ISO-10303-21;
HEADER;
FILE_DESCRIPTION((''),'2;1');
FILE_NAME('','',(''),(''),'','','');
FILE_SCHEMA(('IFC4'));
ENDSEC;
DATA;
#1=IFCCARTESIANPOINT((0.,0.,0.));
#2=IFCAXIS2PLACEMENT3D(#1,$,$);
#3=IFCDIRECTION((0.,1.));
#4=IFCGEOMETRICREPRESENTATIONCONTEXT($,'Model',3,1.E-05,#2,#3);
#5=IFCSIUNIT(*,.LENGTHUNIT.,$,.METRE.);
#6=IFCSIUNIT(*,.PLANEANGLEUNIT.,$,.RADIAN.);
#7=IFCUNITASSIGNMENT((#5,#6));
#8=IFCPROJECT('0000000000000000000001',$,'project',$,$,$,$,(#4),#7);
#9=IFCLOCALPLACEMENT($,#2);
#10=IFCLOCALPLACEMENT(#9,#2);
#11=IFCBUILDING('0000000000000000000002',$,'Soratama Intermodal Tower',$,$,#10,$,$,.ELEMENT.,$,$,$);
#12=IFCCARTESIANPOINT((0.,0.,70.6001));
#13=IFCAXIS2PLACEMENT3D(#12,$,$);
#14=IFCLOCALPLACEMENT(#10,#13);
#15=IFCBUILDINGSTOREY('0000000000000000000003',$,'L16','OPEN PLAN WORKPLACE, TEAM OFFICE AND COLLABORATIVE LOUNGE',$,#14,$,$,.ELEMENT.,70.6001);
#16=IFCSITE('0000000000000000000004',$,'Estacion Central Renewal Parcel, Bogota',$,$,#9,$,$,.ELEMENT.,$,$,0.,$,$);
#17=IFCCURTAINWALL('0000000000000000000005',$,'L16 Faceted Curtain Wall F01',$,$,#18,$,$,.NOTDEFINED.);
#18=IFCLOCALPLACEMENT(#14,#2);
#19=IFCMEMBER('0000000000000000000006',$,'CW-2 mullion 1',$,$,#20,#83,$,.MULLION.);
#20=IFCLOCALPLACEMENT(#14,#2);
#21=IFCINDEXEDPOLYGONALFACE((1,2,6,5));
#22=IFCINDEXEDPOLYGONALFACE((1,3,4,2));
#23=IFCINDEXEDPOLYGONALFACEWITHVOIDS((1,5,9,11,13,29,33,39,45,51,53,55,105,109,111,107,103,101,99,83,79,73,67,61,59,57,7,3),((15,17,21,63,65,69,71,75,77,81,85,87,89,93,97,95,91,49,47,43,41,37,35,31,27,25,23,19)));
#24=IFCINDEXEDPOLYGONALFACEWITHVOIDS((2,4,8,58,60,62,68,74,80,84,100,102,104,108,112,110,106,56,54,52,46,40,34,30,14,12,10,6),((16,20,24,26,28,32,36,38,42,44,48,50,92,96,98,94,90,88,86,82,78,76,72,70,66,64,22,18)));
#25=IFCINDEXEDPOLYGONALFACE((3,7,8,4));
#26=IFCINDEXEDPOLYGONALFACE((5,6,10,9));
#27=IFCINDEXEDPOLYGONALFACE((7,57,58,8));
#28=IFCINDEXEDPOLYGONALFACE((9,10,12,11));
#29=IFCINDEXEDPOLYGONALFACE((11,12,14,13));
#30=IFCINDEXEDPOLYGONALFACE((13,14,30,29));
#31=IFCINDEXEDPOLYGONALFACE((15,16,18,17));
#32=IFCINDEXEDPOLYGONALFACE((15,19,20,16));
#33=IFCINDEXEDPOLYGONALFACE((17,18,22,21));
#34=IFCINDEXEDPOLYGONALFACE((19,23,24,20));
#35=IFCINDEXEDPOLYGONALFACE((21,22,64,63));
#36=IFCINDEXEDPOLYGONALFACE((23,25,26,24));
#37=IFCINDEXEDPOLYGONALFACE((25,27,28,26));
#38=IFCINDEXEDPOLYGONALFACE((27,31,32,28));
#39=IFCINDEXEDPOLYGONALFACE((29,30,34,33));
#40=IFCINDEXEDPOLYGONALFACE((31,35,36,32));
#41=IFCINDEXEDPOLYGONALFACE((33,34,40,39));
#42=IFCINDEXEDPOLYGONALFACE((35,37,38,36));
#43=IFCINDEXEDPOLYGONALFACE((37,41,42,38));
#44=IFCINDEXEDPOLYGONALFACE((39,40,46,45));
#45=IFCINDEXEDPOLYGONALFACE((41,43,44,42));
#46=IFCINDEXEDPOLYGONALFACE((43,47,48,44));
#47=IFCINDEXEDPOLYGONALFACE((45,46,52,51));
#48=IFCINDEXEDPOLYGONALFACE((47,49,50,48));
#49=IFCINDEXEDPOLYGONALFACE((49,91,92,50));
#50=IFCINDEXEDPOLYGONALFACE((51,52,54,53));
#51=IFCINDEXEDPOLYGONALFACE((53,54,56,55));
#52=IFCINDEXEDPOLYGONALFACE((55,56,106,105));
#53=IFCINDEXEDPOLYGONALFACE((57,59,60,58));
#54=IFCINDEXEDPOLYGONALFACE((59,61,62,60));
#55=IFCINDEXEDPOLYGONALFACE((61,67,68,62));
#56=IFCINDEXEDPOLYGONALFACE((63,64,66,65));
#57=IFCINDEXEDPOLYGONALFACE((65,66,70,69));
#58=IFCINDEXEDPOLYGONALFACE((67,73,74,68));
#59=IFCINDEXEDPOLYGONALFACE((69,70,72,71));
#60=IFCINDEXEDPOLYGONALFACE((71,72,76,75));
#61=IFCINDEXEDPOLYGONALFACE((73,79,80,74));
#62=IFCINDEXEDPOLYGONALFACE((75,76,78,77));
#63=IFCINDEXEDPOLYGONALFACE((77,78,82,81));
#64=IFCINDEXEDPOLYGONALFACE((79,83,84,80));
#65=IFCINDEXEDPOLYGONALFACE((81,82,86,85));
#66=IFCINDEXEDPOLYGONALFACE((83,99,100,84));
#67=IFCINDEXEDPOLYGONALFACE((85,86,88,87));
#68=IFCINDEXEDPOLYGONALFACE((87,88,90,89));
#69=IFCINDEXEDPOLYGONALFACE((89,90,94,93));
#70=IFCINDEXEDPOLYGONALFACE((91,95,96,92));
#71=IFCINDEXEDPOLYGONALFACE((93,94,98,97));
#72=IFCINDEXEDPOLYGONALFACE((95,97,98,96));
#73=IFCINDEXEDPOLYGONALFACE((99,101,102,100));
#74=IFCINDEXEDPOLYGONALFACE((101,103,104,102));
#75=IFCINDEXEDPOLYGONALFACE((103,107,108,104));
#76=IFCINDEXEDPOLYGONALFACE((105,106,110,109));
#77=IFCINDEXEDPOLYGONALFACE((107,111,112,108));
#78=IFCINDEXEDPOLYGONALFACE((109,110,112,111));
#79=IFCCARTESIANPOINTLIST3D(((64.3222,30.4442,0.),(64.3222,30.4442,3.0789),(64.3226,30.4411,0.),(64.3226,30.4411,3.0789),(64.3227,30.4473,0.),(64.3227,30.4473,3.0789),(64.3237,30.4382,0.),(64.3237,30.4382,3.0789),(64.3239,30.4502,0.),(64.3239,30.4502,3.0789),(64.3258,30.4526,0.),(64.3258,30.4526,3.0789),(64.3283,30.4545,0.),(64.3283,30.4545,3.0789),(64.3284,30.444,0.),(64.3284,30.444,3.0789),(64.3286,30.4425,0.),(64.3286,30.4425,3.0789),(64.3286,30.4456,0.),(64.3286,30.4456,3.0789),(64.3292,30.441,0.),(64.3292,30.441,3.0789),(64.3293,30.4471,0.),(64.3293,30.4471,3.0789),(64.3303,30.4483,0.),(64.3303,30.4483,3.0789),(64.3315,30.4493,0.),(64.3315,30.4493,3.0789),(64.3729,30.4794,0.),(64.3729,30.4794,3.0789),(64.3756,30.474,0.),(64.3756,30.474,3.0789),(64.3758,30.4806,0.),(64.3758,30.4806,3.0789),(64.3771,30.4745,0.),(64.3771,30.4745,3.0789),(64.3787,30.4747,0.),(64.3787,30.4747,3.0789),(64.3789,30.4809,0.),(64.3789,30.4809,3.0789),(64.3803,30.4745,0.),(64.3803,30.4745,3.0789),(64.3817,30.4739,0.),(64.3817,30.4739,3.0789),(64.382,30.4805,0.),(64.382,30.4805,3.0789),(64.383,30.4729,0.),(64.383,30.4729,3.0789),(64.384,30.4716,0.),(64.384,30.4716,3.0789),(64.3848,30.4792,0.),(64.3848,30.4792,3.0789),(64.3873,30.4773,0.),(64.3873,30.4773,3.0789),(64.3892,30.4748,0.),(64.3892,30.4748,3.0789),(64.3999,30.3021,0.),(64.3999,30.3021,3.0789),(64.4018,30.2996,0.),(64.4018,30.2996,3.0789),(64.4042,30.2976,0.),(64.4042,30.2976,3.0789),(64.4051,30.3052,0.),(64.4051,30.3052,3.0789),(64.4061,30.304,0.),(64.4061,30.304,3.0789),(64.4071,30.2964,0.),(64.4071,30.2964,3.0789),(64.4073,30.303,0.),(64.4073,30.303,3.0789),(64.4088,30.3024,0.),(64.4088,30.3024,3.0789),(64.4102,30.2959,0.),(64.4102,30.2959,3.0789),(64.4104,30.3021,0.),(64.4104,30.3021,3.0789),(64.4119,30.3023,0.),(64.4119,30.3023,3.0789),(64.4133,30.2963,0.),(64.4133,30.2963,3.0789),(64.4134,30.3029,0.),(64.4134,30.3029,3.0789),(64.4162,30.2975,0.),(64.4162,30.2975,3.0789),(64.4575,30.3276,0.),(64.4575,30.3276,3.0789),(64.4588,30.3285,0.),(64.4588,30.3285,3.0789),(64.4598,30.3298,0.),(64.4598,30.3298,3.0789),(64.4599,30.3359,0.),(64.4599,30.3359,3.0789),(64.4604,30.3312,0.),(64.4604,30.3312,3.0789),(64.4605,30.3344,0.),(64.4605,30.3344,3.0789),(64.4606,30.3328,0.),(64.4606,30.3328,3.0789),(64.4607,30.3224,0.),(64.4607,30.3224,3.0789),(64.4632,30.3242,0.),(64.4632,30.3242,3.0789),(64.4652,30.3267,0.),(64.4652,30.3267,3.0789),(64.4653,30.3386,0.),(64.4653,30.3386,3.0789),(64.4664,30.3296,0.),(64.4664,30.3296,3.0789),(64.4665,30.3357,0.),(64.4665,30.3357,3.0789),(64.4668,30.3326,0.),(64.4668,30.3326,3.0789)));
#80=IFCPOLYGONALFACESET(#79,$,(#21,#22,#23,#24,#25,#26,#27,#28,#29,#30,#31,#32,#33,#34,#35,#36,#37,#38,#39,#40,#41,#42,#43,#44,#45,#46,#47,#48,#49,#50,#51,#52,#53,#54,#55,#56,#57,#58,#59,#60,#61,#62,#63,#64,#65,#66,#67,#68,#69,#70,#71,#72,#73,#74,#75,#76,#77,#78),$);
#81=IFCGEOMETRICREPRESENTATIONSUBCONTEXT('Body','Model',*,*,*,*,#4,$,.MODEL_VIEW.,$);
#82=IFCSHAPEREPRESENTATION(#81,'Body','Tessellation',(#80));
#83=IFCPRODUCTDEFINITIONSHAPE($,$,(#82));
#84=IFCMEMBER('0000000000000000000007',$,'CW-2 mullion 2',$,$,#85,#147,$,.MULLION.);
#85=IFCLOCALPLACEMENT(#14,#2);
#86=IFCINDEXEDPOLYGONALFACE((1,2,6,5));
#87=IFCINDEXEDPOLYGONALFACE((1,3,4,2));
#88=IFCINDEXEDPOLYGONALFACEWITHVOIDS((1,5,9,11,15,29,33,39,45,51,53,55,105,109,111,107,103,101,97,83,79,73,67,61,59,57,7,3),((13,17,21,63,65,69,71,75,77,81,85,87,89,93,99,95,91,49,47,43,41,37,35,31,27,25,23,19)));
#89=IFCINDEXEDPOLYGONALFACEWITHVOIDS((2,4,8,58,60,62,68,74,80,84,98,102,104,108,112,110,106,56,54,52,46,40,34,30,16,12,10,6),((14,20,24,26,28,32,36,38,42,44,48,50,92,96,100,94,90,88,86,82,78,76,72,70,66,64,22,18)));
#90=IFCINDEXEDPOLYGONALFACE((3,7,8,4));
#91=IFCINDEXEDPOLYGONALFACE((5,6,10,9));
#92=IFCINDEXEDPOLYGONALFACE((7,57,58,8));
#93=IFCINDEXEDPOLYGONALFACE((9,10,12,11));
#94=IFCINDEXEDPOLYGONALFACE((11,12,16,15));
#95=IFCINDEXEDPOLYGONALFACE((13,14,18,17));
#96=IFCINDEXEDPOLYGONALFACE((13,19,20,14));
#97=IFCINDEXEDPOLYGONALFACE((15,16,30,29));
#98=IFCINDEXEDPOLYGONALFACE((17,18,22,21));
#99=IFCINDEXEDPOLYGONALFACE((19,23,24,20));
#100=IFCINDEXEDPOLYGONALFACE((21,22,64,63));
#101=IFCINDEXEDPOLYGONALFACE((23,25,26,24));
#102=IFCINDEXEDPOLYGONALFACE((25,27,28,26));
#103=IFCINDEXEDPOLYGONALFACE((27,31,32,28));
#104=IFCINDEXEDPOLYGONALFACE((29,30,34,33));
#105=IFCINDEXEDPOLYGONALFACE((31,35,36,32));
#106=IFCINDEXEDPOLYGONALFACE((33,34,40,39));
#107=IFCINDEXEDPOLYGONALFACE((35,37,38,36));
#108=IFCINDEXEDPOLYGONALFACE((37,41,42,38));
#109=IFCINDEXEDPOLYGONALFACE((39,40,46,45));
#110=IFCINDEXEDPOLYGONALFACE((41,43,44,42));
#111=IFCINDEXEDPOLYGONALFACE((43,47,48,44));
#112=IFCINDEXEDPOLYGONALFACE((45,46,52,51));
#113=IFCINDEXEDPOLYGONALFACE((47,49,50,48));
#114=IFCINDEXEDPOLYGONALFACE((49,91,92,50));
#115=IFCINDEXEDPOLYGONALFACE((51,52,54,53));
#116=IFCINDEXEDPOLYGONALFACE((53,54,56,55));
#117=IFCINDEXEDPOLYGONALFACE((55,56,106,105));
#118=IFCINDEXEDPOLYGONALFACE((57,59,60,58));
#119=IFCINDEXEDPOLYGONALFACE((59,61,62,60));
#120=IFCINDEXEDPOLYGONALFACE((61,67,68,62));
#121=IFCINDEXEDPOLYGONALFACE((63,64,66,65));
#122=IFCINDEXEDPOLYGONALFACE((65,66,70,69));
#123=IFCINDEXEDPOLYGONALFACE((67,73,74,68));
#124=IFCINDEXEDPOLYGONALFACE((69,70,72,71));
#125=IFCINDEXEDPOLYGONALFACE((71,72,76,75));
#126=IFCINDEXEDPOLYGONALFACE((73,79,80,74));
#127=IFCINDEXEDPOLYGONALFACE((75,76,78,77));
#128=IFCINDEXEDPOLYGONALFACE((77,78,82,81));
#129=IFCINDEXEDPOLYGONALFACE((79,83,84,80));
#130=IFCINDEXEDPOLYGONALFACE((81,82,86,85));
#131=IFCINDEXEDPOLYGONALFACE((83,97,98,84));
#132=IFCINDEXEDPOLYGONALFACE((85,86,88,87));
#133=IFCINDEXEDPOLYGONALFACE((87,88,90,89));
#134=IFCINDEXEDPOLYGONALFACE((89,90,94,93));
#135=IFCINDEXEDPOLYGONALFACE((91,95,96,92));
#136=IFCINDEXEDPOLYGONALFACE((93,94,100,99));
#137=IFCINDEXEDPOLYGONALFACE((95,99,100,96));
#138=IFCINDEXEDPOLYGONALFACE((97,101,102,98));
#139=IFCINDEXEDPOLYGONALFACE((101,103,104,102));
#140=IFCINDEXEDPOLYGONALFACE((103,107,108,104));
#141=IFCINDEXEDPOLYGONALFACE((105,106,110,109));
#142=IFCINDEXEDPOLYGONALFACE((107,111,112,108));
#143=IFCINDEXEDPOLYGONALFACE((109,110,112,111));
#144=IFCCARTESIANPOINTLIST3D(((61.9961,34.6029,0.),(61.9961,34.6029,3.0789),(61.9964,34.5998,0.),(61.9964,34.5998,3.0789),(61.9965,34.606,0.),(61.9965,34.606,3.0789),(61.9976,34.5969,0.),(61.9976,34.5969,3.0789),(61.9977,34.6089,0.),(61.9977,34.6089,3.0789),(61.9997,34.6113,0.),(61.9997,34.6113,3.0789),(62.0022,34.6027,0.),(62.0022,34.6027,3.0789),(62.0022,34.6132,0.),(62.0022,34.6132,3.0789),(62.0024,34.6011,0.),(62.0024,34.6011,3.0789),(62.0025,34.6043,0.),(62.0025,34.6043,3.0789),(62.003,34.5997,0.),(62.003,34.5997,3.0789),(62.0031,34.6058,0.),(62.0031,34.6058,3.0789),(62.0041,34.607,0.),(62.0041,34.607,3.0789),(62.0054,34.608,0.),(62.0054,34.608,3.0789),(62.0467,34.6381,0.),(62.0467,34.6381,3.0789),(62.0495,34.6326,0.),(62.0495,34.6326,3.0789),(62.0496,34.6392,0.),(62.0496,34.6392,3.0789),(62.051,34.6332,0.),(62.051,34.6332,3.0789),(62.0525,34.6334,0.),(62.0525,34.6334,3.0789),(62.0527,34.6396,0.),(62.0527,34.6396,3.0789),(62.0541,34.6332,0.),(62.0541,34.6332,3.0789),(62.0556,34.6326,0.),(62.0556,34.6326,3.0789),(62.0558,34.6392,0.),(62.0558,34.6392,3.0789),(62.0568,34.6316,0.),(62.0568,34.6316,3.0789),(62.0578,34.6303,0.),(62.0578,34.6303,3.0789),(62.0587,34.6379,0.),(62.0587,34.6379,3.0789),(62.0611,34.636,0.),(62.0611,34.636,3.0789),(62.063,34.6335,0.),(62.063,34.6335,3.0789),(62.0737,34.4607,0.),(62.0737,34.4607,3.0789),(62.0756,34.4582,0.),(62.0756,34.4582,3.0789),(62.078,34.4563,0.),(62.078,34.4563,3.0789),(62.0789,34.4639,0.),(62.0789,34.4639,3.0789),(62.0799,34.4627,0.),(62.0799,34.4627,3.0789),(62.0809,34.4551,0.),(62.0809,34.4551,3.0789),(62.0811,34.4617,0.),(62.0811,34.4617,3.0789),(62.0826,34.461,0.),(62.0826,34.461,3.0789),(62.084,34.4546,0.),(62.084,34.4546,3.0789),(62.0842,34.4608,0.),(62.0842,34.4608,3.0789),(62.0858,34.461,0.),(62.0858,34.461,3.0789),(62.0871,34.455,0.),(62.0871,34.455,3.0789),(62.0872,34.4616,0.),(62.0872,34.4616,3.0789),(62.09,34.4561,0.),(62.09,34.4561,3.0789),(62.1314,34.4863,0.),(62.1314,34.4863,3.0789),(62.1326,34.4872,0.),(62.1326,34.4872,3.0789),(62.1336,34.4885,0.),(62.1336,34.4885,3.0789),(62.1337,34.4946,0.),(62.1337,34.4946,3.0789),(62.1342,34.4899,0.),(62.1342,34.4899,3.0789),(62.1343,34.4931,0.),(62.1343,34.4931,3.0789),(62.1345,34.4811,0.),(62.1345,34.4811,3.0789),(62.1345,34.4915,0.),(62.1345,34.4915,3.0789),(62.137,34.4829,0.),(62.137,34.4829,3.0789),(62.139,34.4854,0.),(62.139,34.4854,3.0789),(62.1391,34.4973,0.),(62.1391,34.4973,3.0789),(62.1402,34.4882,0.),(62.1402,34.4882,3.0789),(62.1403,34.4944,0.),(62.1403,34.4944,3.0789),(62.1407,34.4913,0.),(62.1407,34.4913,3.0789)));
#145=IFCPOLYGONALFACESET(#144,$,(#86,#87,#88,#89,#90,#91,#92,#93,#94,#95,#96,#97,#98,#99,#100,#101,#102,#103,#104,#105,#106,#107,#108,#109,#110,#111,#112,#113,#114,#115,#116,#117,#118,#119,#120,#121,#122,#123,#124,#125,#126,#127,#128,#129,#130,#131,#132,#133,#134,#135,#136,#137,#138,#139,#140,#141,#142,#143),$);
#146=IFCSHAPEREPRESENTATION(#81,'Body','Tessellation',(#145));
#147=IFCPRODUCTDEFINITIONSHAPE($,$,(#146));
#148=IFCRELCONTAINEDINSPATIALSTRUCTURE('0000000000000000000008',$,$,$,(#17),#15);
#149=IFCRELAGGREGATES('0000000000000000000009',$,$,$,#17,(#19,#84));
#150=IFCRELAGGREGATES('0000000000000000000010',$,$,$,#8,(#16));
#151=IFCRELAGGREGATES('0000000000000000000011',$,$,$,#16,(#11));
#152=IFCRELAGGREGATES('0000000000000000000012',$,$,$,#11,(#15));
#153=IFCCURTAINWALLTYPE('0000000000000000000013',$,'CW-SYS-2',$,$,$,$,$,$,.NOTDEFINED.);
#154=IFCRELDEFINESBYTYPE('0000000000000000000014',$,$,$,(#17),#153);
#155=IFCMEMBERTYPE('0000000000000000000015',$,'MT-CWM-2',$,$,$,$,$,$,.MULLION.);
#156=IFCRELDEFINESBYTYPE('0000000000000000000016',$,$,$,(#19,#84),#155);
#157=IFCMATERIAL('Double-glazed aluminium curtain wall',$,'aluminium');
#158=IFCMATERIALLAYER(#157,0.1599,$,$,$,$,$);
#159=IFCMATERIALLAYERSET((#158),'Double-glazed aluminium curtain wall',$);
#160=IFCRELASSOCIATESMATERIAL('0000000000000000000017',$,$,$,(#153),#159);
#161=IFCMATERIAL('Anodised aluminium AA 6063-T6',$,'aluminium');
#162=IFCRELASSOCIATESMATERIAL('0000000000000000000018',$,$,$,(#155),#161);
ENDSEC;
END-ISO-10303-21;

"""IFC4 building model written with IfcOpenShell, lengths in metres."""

from ifc_helpers import new_model, si_unit, direction, frame, origin, origin_2d, place, context, subcontext, project, spatial, hollow_rectangle, extrude, material, layer, layer_set, material_profile, profile_set, type_object, element, aggregate, save


model = new_model("IFC4")

# Units and contexts
model_context = context("Model", 3, precision=1e-05, world=origin(), true_north=direction((0.0, 1.0)))
body_context = subcontext(model_context, "Body", "Model", "MODEL_VIEW")
ifc_project = project(units=[si_unit("LENGTHUNIT", "METRE"), si_unit("PLANEANGLEUNIT", "RADIAN")], contexts=[model_context])

# Site, building, storey
site_placement = place(None, origin())
site = spatial("IfcSite", under=ifc_project, at=site_placement, Name="Estacion Central Renewal Parcel, Bogota", CompositionType="ELEMENT", RefElevation=0.0)
building_placement = place(site_placement, origin())
building = spatial("IfcBuilding", under=site, at=building_placement, Name="Soratama Intermodal Tower", CompositionType="ELEMENT")
storey_placement = place(building_placement, frame((0.0, 0.0, 70.6001)))
storey = spatial("IfcBuildingStorey", under=building, at=storey_placement, Name="L16", Description="OPEN PLAN WORKPLACE, TEAM OFFICE AND COLLABORATIVE LOUNGE", CompositionType="ELEMENT", Elevation=70.6001)

# Curtain wall, members
ifc_material_1 = material(Name="Double-glazed aluminium curtain wall", Category="aluminium")
ifc_layer_1 = layer(ifc_material_1, 0.1599)
ifc_layer_set_1 = layer_set([ifc_layer_1], Name="Double-glazed aluminium curtain wall")
curtain_wall_type = type_object("IfcCurtainWallType", Name="CW-SYS-2", PredefinedType="NOTDEFINED", material=ifc_layer_set_1)
curtain_wall_placement = place(storey_placement, origin())
curtain_wall = element("IfcCurtainWall", 1, at=curtain_wall_placement, inside=storey, type_object=curtain_wall_type, Name="L16 Faceted Curtain Wall F01", PredefinedType="NOTDEFINED")
ifc_material_2 = material(Name="Anodised aluminium AA 6063-T6", Category="aluminium")
ifc_material_profile_1 = material_profile(ifc_material_2, hollow_rectangle(XDim=0.075, YDim=0.1799, WallThickness=0.0061, InnerFilletRadius=0.0061, OuterFilletRadius=0.012, at=origin_2d()), Name="CWM180X75X6")
ifc_profile_set_1 = profile_set([ifc_material_profile_1], Name="Anodised aluminium AA 6063-T6")
member_type_1 = type_object("IfcMemberType", Name="MT-CWM-2", PredefinedType="MULLION", material=ifc_profile_set_1)
member_1_placement = place(storey_placement, frame((64.3945, 30.3884, 0.0), z_axis=(0.0, 0.0, 1.0), x_axis=(-0.872756, -0.488157, 0.0)))
member_1 = element("IfcMember", 2, at=member_1_placement, type_object=member_type_1, Name="CW-2 mullion 1", PredefinedType="MULLION", context=body_context, shape_type="SweptSolid", body=[
    extrude(hollow_rectangle(XDim=0.075, YDim=0.1799, WallThickness=0.0061, InnerFilletRadius=0.0061, OuterFilletRadius=0.012, at=origin_2d()), origin(), (0.0, 0.0, 1.0), 3.0789),
])
member_2_placement = place(storey_placement, frame((62.0684, 34.5471, 0.0), z_axis=(0.0, 0.0, 1.0), x_axis=(-0.872756, -0.488157, 0.0)))
member_2 = element("IfcMember", 3, at=member_2_placement, type_object=member_type_1, Name="CW-2 mullion 2", PredefinedType="MULLION", context=body_context, shape_type="SweptSolid", body=[
    extrude(hollow_rectangle(XDim=0.075, YDim=0.1799, WallThickness=0.0061, InnerFilletRadius=0.0061, OuterFilletRadius=0.012, at=origin_2d()), origin(), (0.0, 0.0, 1.0), 3.0789),
])
aggregate(curtain_wall, [member_1, member_2])

save(model, "model.ifc")
